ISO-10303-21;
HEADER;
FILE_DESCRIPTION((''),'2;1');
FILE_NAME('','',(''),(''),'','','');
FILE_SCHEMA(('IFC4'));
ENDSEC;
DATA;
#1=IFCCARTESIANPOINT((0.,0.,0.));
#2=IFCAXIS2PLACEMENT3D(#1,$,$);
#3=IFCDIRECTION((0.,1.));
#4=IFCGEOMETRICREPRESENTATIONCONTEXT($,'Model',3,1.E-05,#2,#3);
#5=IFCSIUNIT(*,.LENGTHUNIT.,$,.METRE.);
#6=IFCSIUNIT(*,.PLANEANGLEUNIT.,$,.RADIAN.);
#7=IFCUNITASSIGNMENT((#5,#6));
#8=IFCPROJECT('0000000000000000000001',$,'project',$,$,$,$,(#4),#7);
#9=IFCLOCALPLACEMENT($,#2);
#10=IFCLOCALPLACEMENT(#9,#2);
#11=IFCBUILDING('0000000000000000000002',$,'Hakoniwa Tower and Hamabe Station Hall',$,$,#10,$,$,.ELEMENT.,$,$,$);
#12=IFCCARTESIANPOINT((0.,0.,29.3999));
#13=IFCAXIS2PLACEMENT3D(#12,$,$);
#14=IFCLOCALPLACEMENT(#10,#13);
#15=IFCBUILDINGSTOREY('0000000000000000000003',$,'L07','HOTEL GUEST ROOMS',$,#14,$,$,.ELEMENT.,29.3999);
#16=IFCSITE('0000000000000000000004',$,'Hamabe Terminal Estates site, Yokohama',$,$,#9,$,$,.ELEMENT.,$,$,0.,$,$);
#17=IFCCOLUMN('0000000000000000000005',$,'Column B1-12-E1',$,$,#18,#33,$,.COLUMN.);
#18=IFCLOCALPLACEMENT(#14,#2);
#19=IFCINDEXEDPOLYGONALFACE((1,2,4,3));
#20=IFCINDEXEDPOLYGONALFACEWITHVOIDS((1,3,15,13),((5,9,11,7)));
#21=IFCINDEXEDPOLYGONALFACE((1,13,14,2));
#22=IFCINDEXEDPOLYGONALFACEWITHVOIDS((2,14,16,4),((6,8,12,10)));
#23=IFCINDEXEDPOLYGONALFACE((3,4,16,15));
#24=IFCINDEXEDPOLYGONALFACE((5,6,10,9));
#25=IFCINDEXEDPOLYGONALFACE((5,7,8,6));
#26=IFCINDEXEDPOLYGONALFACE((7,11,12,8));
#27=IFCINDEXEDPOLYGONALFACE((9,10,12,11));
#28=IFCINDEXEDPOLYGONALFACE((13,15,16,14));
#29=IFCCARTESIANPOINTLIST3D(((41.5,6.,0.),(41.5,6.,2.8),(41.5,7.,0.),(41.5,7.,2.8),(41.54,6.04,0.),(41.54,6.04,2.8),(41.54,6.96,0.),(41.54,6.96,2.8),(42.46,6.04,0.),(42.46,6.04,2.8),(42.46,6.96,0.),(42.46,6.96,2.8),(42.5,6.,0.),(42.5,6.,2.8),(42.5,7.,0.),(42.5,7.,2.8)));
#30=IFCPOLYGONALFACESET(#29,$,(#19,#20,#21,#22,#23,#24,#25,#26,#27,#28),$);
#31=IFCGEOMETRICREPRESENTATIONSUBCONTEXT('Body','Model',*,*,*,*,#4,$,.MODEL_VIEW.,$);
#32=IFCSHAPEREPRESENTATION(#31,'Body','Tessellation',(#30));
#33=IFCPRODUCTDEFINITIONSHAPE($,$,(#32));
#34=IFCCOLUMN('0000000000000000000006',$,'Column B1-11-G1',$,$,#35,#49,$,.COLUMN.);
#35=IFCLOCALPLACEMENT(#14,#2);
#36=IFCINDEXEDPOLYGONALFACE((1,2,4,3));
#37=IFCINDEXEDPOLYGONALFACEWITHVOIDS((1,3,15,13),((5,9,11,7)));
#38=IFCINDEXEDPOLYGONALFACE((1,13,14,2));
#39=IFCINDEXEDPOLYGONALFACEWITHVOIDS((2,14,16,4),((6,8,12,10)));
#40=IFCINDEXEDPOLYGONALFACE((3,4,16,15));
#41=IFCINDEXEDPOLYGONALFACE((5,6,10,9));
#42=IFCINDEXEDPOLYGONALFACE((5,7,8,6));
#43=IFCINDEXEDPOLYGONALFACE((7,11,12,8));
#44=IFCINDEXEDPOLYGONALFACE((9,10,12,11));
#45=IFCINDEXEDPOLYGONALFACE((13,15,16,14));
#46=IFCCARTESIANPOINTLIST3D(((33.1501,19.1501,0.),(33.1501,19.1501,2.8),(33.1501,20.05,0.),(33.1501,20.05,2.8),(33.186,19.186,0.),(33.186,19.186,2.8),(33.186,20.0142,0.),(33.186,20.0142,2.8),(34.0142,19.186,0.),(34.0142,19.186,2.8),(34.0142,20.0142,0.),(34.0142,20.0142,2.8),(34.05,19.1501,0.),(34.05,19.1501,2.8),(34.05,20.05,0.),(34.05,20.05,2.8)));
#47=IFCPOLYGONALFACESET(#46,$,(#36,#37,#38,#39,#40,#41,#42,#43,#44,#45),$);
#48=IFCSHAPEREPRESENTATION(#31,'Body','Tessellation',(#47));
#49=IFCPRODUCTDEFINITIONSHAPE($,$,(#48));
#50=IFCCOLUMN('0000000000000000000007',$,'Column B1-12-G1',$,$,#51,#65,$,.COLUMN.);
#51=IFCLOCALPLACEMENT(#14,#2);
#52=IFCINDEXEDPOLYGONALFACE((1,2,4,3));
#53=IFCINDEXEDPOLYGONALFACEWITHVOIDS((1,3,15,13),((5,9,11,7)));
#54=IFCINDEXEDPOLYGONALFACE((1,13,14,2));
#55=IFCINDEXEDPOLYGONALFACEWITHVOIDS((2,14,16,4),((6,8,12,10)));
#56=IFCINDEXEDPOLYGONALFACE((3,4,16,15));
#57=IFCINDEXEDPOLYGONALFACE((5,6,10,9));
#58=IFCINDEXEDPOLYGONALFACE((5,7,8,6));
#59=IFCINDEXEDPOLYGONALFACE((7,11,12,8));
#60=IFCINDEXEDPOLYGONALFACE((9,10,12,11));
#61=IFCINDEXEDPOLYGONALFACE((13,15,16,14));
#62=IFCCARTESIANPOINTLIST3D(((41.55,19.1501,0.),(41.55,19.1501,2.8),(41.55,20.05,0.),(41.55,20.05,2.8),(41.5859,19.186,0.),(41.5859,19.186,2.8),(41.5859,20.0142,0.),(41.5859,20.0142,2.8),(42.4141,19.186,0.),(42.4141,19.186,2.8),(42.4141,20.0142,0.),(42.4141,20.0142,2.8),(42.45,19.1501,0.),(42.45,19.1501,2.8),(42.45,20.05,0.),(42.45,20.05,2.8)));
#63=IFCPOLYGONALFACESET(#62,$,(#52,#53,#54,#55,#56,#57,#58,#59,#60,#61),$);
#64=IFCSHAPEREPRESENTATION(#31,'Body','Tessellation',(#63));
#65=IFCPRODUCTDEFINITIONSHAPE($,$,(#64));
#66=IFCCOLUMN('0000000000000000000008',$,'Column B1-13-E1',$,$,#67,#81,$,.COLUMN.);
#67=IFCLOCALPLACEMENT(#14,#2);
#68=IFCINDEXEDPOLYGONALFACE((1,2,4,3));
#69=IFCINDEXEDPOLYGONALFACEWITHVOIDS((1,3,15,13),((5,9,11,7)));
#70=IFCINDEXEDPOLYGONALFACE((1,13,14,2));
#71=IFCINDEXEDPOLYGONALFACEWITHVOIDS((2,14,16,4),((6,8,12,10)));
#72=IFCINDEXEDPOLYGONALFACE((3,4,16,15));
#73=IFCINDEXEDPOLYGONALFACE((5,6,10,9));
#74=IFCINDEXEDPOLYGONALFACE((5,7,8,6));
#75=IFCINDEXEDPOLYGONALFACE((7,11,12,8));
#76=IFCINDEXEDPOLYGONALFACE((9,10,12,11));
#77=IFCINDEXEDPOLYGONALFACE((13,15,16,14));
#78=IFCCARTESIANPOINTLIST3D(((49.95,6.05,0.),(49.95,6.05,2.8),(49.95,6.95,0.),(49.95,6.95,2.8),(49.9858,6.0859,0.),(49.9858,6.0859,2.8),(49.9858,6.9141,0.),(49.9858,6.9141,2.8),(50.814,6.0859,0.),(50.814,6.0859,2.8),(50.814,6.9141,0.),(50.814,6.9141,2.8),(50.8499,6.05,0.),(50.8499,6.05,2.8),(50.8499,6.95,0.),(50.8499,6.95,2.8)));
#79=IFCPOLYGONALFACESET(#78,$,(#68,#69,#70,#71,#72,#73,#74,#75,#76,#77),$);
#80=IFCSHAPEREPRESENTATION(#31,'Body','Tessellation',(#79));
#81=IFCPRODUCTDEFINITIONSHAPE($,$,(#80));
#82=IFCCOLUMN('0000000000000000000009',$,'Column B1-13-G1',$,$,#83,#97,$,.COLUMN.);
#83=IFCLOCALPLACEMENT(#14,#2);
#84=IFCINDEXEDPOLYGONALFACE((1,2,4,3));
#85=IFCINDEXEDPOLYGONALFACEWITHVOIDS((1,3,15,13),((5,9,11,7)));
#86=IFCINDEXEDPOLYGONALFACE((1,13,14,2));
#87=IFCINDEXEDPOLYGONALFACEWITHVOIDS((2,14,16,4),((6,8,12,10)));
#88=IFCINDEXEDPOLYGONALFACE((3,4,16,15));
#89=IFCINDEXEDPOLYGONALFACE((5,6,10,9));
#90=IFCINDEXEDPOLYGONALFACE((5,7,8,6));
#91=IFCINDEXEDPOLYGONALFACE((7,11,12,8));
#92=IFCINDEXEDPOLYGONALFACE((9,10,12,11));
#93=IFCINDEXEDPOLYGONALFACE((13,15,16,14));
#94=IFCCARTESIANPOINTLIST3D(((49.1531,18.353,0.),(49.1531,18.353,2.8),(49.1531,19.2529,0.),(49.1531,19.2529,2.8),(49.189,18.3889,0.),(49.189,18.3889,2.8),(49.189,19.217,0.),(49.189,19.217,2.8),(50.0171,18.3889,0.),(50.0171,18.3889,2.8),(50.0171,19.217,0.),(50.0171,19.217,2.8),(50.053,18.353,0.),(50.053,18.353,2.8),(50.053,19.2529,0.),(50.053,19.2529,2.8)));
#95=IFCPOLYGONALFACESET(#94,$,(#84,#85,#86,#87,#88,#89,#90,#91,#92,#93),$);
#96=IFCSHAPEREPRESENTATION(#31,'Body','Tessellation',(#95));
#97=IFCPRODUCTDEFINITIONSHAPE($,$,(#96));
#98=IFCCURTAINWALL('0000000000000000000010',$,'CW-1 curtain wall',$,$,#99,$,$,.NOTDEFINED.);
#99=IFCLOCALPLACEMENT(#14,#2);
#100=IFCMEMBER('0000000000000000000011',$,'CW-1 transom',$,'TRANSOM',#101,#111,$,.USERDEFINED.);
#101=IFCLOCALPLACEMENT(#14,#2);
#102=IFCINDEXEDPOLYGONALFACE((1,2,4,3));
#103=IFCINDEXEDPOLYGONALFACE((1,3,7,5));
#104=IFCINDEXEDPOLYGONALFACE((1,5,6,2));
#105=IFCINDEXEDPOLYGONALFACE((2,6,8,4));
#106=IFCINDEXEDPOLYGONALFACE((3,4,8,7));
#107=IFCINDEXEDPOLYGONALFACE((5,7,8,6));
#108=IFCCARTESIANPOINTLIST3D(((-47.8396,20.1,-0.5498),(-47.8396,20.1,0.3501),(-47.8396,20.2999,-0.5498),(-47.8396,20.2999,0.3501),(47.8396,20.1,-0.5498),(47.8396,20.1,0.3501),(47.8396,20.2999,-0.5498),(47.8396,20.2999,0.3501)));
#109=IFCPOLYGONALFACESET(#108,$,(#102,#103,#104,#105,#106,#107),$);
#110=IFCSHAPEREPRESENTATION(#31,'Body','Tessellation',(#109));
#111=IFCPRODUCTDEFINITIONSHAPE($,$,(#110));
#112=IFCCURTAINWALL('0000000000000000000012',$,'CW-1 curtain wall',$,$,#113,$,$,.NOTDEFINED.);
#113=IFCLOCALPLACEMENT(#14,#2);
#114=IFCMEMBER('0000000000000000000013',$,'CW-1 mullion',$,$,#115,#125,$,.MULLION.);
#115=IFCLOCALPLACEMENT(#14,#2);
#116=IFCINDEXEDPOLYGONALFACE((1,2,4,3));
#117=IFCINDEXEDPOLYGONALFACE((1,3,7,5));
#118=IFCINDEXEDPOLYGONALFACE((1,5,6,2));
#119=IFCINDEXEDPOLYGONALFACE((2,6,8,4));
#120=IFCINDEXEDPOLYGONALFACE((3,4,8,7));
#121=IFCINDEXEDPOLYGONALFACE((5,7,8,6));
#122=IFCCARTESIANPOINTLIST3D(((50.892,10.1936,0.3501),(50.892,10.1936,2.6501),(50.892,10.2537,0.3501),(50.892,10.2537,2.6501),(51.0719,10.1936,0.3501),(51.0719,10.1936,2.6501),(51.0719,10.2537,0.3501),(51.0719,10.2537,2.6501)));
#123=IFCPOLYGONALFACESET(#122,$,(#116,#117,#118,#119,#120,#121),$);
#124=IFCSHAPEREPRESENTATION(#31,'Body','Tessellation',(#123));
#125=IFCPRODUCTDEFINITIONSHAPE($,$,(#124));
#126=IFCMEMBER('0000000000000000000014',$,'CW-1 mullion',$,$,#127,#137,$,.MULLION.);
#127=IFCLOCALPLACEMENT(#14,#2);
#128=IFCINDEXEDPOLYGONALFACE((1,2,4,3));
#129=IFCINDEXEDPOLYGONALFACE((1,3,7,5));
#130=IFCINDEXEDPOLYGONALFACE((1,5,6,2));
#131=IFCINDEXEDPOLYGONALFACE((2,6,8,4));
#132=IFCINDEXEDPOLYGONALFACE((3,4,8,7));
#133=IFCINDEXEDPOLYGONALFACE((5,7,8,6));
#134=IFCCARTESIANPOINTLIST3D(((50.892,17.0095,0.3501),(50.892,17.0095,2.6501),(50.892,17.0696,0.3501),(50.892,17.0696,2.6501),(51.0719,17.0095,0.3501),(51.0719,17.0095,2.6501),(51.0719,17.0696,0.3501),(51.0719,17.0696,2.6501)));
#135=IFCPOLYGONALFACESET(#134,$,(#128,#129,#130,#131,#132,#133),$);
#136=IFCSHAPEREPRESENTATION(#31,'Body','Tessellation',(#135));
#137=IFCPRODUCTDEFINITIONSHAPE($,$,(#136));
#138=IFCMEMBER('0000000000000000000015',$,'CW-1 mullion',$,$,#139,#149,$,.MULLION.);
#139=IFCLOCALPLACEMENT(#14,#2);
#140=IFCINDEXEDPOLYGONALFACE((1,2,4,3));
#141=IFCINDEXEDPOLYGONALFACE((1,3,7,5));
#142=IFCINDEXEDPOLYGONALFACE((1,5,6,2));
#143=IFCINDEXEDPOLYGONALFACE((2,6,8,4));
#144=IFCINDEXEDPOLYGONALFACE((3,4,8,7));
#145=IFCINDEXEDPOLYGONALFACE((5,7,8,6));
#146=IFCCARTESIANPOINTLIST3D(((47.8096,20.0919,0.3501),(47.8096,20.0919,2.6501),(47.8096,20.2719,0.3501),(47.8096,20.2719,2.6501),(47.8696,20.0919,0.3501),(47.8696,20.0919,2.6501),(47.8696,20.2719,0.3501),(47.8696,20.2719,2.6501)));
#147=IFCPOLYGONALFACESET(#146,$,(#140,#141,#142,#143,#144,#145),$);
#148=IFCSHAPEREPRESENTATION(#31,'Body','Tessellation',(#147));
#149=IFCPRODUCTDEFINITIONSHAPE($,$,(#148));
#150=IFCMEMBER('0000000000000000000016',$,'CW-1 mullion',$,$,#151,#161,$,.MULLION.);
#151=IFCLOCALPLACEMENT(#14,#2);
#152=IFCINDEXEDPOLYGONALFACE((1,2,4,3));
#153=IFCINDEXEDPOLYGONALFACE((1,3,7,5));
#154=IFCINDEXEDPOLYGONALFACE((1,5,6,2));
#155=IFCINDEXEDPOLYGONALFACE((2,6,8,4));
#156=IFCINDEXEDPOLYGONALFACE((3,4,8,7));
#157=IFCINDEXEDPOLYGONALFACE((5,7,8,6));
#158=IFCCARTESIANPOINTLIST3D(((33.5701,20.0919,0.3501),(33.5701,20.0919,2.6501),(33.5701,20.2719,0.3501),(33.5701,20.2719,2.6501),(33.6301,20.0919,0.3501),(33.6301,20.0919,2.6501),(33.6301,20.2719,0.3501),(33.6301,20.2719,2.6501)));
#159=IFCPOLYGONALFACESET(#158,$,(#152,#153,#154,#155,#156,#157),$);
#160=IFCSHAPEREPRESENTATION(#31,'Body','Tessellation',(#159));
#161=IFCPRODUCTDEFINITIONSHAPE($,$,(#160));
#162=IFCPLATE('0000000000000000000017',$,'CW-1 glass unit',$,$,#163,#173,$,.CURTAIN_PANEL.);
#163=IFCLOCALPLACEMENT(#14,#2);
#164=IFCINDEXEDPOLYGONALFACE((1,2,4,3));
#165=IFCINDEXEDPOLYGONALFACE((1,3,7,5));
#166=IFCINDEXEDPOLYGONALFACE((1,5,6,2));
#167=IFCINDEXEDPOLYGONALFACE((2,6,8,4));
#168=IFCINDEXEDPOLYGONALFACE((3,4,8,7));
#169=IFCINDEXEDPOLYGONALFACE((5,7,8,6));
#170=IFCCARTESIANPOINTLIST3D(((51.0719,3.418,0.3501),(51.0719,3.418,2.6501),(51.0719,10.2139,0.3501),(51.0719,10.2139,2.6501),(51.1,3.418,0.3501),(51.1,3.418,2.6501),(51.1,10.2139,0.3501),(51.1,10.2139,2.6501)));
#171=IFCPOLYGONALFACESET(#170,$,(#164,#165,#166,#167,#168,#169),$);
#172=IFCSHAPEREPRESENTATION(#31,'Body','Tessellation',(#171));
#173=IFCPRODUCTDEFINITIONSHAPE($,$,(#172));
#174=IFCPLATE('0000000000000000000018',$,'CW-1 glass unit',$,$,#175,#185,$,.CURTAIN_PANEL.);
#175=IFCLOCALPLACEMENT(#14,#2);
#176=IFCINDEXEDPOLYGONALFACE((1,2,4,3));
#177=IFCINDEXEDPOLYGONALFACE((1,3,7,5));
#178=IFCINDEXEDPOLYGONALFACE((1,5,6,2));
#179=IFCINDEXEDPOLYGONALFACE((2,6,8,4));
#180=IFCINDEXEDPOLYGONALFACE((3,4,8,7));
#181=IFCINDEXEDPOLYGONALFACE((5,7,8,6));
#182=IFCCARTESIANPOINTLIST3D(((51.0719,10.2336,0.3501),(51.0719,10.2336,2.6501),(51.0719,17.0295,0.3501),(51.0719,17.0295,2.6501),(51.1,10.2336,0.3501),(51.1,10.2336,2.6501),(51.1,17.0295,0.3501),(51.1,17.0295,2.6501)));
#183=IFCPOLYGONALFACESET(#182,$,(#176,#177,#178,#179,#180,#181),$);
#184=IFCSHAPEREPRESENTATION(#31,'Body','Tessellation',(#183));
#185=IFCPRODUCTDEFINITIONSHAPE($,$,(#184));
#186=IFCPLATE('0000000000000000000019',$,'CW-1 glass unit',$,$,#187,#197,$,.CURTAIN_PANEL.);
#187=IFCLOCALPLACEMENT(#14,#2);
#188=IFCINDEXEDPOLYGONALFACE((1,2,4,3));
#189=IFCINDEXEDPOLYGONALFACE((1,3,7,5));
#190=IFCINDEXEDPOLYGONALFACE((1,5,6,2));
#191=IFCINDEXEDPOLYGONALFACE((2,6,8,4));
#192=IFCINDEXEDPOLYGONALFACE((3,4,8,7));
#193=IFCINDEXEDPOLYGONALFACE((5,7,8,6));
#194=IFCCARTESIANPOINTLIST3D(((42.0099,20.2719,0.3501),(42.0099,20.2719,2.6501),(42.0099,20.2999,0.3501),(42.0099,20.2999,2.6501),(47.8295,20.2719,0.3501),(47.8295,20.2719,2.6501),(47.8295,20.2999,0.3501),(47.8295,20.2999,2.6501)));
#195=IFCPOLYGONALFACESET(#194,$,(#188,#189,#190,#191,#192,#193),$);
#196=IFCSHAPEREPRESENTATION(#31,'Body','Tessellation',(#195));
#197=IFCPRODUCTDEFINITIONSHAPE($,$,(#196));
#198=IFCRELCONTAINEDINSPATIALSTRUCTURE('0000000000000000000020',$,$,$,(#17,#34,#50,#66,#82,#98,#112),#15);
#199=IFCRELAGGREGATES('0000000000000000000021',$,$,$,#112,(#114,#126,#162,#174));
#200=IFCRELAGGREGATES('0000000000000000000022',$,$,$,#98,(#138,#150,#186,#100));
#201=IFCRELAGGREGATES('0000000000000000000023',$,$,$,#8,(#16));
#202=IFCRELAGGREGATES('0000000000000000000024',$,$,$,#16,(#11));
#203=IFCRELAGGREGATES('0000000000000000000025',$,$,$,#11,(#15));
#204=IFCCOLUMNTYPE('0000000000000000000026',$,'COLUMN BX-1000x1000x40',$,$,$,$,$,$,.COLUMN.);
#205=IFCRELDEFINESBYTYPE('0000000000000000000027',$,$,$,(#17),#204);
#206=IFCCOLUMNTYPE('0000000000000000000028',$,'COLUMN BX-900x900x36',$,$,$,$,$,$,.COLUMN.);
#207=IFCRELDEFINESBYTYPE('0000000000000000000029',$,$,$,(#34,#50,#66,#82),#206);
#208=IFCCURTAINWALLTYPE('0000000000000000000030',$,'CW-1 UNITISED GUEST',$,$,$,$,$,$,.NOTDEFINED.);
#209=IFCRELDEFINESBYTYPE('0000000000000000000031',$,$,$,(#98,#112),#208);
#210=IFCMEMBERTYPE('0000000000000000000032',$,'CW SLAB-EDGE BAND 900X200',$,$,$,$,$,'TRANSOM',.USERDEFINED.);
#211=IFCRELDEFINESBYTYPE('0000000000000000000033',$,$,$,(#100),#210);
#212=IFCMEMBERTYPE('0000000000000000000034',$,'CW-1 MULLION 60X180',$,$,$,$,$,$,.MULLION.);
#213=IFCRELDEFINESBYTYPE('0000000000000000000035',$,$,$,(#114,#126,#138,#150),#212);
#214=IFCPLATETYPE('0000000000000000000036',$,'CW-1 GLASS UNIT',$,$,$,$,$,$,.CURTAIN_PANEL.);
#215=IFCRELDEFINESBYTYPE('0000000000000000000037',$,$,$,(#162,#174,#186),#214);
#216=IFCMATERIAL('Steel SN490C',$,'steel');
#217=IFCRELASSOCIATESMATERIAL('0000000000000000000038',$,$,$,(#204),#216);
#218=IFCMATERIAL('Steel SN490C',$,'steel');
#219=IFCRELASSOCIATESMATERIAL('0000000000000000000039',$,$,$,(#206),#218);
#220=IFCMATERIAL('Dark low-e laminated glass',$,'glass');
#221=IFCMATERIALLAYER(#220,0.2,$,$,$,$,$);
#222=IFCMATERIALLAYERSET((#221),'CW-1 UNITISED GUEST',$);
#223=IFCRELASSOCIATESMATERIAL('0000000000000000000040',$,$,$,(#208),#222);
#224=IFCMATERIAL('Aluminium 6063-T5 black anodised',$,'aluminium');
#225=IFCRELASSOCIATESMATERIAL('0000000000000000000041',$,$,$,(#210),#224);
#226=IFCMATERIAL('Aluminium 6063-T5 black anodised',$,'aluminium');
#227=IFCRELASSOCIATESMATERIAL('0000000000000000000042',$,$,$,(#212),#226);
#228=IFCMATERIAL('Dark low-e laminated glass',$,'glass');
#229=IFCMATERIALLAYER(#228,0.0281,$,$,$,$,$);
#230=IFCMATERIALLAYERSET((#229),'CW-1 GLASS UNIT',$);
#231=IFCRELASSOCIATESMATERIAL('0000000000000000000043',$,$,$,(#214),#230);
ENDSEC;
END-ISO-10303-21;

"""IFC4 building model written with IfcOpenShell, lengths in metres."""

from ifc_helpers import new_model, si_unit, direction, frame, origin, origin_2d, place, context, subcontext, project, spatial, rectangle, hollow_rectangle, extrude, material, layer, layer_set, material_profile, profile_set, type_object, element, aggregate, save


model = new_model("IFC4")

# Units and contexts
model_context = context("Model", 3, precision=1e-05, world=origin(), true_north=direction((0.0, 1.0)))
body_context = subcontext(model_context, "Body", "Model", "MODEL_VIEW")
ifc_project = project(units=[si_unit("LENGTHUNIT", "METRE"), si_unit("PLANEANGLEUNIT", "RADIAN")], contexts=[model_context])

# Site, building, storey
site_placement = place(None, origin())
site = spatial("IfcSite", under=ifc_project, at=site_placement, Name="Hamabe Terminal Estates site, Yokohama", CompositionType="ELEMENT", RefElevation=0.0)
building_placement = place(site_placement, origin())
building = spatial("IfcBuilding", under=site, at=building_placement, Name="Hakoniwa Tower and Hamabe Station Hall", CompositionType="ELEMENT")
storey_placement = place(building_placement, frame((0.0, 0.0, 29.3999)))
storey = spatial("IfcBuildingStorey", under=building, at=storey_placement, Name="L07", Description="HOTEL GUEST ROOMS", CompositionType="ELEMENT", Elevation=29.3999)

# Columns
ifc_material_1 = material(Name="Steel SN490C", Category="steel")
ifc_material_profile_1 = material_profile(ifc_material_1, hollow_rectangle(XDim=1.0, YDim=1.0, WallThickness=0.04, at=origin_2d()), Name="BX-1000x1000x40")
ifc_profile_set_1 = profile_set([ifc_material_profile_1], Name="Steel SN490C")
column_type_1 = type_object("IfcColumnType", Name="COLUMN BX-1000x1000x40", PredefinedType="COLUMN", material=ifc_profile_set_1)
column_placement = place(storey_placement, frame((42.0, 6.5, 0.0), z_axis=(0.0, 0.0, 1.0), x_axis=(1.0, 0.0, 0.0)))
element("IfcColumn", 1, at=column_placement, inside=storey, type_object=column_type_1, Name="Column B1-12-E1", PredefinedType="COLUMN", context=body_context, shape_type="SweptSolid", body=[
    extrude(hollow_rectangle(XDim=1.0, YDim=1.0, WallThickness=0.04, at=origin_2d()), origin(), (0.0, 0.0, 1.0), 2.8),
])
ifc_material_2 = material(Name="Steel SN490C", Category="steel")
ifc_material_profile_2 = material_profile(ifc_material_2, hollow_rectangle(XDim=0.8999, YDim=0.8999, WallThickness=0.0359, at=origin_2d()), Name="BX-900x900x36")
ifc_profile_set_2 = profile_set([ifc_material_profile_2], Name="Steel SN490C")
column_type_2 = type_object("IfcColumnType", Name="COLUMN BX-900x900x36", PredefinedType="COLUMN", material=ifc_profile_set_2)
for number, where, z_axis, x_axis, name in (
    (2, (33.6001, 19.6001, 0.0), (0.0, 0.0, 1.0), (1.0, 0.0, 0.0), "Column B1-11-G1"),
    (3, (42.0, 19.6001, 0.0), (0.0, 0.0, 1.0), (1.0, 0.0, 0.0), "Column B1-12-G1"),
    (4, (50.3999, 6.5, 0.0), (0.0, 0.0, 1.0), (1.0, 0.0, 0.0), "Column B1-13-E1"),
    (5, (49.603, 18.803, 0.0), (0.0, 0.0, 1.0), (1.0, 0.0, 0.0), "Column B1-13-G1"),
):
    element("IfcColumn", number, at=place(storey_placement, frame(where, z_axis=z_axis, x_axis=x_axis)), inside=storey, type_object=column_type_2, Name=name, PredefinedType="COLUMN", context=body_context, shape_type="SweptSolid", body=[
        extrude(hollow_rectangle(XDim=0.8999, YDim=0.8999, WallThickness=0.0359, at=origin_2d()), origin(), (0.0, 0.0, 1.0), 2.8),
    ])

# Curtain wall, member
ifc_material_3 = material(Name="Dark low-e laminated glass", Category="glass")
ifc_layer_1 = layer(ifc_material_3, 0.2)
ifc_layer_set_1 = layer_set([ifc_layer_1], Name="CW-1 UNITISED GUEST")
curtain_wall_type = type_object("IfcCurtainWallType", Name="CW-1 UNITISED GUEST", PredefinedType="NOTDEFINED", material=ifc_layer_set_1)
curtain_wall_1_placement = place(storey_placement, origin())
curtain_wall_1 = element("IfcCurtainWall", 6, at=curtain_wall_1_placement, inside=storey, type_object=curtain_wall_type, Name="CW-1 curtain wall", PredefinedType="NOTDEFINED")
ifc_material_4 = material(Name="Aluminium 6063-T5 black anodised", Category="aluminium")
ifc_material_profile_3 = material_profile(ifc_material_4, rectangle(XDim=0.2, YDim=0.8999, at=origin_2d()), Name="CW SLAB-EDGE BAND 900X200")
ifc_profile_set_3 = profile_set([ifc_material_profile_3], Name="Aluminium 6063-T5 black anodised")
member_type_1 = type_object("IfcMemberType", Name="CW SLAB-EDGE BAND 900X200", ElementType="TRANSOM", PredefinedType="USERDEFINED", material=ifc_profile_set_3)
member_1_placement = place(storey_placement, frame((47.8396, 20.2, -0.0999), z_axis=(-1.0, 0.0, 0.0), x_axis=(0.0, -1.0, 0.0)))
member_1 = element("IfcMember", 7, at=member_1_placement, type_object=member_type_1, Name="CW-1 transom", ObjectType="TRANSOM", PredefinedType="USERDEFINED", context=body_context, shape_type="SweptSolid", body=[
    extrude(rectangle(XDim=0.2, YDim=0.8999, at=origin_2d()), origin(), (0.0, 0.0, 1.0), 95.6792),
])

# Curtain wall, members
curtain_wall_2_placement = place(storey_placement, origin())
curtain_wall_2 = element("IfcCurtainWall", 8, at=curtain_wall_2_placement, inside=storey, type_object=curtain_wall_type, Name="CW-1 curtain wall", PredefinedType="NOTDEFINED")
ifc_material_5 = material(Name="Aluminium 6063-T5 black anodised", Category="aluminium")
ifc_material_profile_4 = material_profile(ifc_material_5, rectangle(XDim=0.0601, YDim=0.1799, at=origin_2d()), Name="CW-1 MULLION 60X180")
ifc_profile_set_4 = profile_set([ifc_material_profile_4], Name="Aluminium 6063-T5 black anodised")
member_type_2 = type_object("IfcMemberType", Name="CW-1 MULLION 60X180", PredefinedType="MULLION", material=ifc_profile_set_4)
member_2_placement = place(storey_placement, frame((50.9819, 10.2236, 0.3501), z_axis=(0.0, 0.0, 1.0), x_axis=(0.0, 1.0, 0.0)))
member_2 = element("IfcMember", 9, at=member_2_placement, type_object=member_type_2, Name="CW-1 mullion", PredefinedType="MULLION", context=body_context, shape_type="SweptSolid", body=[
    extrude(rectangle(XDim=0.0601, YDim=0.1799, at=origin_2d()), origin(), (0.0, 0.0, 1.0), 2.3),
])
member_3_placement = place(storey_placement, frame((50.9819, 17.0396, 0.3501), z_axis=(0.0, 0.0, 1.0), x_axis=(0.0, 1.0, 0.0)))
member_3 = element("IfcMember", 10, at=member_3_placement, type_object=member_type_2, Name="CW-1 mullion", PredefinedType="MULLION", context=body_context, shape_type="SweptSolid", body=[
    extrude(rectangle(XDim=0.0601, YDim=0.1799, at=origin_2d()), origin(), (0.0, 0.0, 1.0), 2.3),
])

# Members
member_4_placement = place(storey_placement, frame((47.8396, 20.1819, 0.3501), z_axis=(0.0, 0.0, 1.0), x_axis=(-1.0, 0.0, 0.0)))
member_4 = element("IfcMember", 11, at=member_4_placement, type_object=member_type_2, Name="CW-1 mullion", PredefinedType="MULLION", context=body_context, shape_type="SweptSolid", body=[
    extrude(rectangle(XDim=0.0601, YDim=0.1799, at=origin_2d()), origin(), (0.0, 0.0, 1.0), 2.3),
])
member_5_placement = place(storey_placement, frame((33.6001, 20.1819, 0.3501), z_axis=(0.0, 0.0, 1.0), x_axis=(-1.0, 0.0, 0.0)))
member_5 = element("IfcMember", 12, at=member_5_placement, type_object=member_type_2, Name="CW-1 mullion", PredefinedType="MULLION", context=body_context, shape_type="SweptSolid", body=[
    extrude(rectangle(XDim=0.0601, YDim=0.1799, at=origin_2d()), origin(), (0.0, 0.0, 1.0), 2.3),
])

# Plates
ifc_material_6 = material(Name="Dark low-e laminated glass", Category="glass")
ifc_layer_2 = layer(ifc_material_6, 0.0281)
ifc_layer_set_2 = layer_set([ifc_layer_2], Name="CW-1 GLASS UNIT")
plate_type = type_object("IfcPlateType", Name="CW-1 GLASS UNIT", PredefinedType="CURTAIN_PANEL", material=ifc_layer_set_2)
plate_1_placement = place(storey_placement, frame((51.0859, 6.8159, 0.3501), z_axis=(0.0, 0.0, 1.0), x_axis=(0.0, 1.0, 0.0)))
plate_1 = element("IfcPlate", 13, at=plate_1_placement, type_object=plate_type, Name="CW-1 glass unit", PredefinedType="CURTAIN_PANEL", context=body_context, shape_type="SweptSolid", body=[
    extrude(rectangle(XDim=6.7959, YDim=0.0281, at=origin_2d()), origin(), (0.0, 0.0, 1.0), 2.3),
])
plate_2_placement = place(storey_placement, frame((51.0859, 13.6316, 0.3501), z_axis=(0.0, 0.0, 1.0), x_axis=(0.0, 1.0, 0.0)))
plate_2 = element("IfcPlate", 14, at=plate_2_placement, type_object=plate_type, Name="CW-1 glass unit", PredefinedType="CURTAIN_PANEL", context=body_context, shape_type="SweptSolid", body=[
    extrude(rectangle(XDim=6.7959, YDim=0.0281, at=origin_2d()), origin(), (0.0, 0.0, 1.0), 2.3),
])
aggregate(curtain_wall_2, [member_2, member_3, plate_1, plate_2])
plate_3_placement = place(storey_placement, frame((44.9197, 20.2859, 0.3501), z_axis=(0.0, 0.0, 1.0), x_axis=(-1.0, 0.0, 0.0)))
plate_3 = element("IfcPlate", 15, at=plate_3_placement, type_object=plate_type, Name="CW-1 glass unit", PredefinedType="CURTAIN_PANEL", context=body_context, shape_type="SweptSolid", body=[
    extrude(rectangle(XDim=5.8196, YDim=0.0281, at=origin_2d()), origin(), (0.0, 0.0, 1.0), 2.3),
])
aggregate(curtain_wall_1, [member_4, member_5, plate_3, member_1])

save(model, "model.ifc")
